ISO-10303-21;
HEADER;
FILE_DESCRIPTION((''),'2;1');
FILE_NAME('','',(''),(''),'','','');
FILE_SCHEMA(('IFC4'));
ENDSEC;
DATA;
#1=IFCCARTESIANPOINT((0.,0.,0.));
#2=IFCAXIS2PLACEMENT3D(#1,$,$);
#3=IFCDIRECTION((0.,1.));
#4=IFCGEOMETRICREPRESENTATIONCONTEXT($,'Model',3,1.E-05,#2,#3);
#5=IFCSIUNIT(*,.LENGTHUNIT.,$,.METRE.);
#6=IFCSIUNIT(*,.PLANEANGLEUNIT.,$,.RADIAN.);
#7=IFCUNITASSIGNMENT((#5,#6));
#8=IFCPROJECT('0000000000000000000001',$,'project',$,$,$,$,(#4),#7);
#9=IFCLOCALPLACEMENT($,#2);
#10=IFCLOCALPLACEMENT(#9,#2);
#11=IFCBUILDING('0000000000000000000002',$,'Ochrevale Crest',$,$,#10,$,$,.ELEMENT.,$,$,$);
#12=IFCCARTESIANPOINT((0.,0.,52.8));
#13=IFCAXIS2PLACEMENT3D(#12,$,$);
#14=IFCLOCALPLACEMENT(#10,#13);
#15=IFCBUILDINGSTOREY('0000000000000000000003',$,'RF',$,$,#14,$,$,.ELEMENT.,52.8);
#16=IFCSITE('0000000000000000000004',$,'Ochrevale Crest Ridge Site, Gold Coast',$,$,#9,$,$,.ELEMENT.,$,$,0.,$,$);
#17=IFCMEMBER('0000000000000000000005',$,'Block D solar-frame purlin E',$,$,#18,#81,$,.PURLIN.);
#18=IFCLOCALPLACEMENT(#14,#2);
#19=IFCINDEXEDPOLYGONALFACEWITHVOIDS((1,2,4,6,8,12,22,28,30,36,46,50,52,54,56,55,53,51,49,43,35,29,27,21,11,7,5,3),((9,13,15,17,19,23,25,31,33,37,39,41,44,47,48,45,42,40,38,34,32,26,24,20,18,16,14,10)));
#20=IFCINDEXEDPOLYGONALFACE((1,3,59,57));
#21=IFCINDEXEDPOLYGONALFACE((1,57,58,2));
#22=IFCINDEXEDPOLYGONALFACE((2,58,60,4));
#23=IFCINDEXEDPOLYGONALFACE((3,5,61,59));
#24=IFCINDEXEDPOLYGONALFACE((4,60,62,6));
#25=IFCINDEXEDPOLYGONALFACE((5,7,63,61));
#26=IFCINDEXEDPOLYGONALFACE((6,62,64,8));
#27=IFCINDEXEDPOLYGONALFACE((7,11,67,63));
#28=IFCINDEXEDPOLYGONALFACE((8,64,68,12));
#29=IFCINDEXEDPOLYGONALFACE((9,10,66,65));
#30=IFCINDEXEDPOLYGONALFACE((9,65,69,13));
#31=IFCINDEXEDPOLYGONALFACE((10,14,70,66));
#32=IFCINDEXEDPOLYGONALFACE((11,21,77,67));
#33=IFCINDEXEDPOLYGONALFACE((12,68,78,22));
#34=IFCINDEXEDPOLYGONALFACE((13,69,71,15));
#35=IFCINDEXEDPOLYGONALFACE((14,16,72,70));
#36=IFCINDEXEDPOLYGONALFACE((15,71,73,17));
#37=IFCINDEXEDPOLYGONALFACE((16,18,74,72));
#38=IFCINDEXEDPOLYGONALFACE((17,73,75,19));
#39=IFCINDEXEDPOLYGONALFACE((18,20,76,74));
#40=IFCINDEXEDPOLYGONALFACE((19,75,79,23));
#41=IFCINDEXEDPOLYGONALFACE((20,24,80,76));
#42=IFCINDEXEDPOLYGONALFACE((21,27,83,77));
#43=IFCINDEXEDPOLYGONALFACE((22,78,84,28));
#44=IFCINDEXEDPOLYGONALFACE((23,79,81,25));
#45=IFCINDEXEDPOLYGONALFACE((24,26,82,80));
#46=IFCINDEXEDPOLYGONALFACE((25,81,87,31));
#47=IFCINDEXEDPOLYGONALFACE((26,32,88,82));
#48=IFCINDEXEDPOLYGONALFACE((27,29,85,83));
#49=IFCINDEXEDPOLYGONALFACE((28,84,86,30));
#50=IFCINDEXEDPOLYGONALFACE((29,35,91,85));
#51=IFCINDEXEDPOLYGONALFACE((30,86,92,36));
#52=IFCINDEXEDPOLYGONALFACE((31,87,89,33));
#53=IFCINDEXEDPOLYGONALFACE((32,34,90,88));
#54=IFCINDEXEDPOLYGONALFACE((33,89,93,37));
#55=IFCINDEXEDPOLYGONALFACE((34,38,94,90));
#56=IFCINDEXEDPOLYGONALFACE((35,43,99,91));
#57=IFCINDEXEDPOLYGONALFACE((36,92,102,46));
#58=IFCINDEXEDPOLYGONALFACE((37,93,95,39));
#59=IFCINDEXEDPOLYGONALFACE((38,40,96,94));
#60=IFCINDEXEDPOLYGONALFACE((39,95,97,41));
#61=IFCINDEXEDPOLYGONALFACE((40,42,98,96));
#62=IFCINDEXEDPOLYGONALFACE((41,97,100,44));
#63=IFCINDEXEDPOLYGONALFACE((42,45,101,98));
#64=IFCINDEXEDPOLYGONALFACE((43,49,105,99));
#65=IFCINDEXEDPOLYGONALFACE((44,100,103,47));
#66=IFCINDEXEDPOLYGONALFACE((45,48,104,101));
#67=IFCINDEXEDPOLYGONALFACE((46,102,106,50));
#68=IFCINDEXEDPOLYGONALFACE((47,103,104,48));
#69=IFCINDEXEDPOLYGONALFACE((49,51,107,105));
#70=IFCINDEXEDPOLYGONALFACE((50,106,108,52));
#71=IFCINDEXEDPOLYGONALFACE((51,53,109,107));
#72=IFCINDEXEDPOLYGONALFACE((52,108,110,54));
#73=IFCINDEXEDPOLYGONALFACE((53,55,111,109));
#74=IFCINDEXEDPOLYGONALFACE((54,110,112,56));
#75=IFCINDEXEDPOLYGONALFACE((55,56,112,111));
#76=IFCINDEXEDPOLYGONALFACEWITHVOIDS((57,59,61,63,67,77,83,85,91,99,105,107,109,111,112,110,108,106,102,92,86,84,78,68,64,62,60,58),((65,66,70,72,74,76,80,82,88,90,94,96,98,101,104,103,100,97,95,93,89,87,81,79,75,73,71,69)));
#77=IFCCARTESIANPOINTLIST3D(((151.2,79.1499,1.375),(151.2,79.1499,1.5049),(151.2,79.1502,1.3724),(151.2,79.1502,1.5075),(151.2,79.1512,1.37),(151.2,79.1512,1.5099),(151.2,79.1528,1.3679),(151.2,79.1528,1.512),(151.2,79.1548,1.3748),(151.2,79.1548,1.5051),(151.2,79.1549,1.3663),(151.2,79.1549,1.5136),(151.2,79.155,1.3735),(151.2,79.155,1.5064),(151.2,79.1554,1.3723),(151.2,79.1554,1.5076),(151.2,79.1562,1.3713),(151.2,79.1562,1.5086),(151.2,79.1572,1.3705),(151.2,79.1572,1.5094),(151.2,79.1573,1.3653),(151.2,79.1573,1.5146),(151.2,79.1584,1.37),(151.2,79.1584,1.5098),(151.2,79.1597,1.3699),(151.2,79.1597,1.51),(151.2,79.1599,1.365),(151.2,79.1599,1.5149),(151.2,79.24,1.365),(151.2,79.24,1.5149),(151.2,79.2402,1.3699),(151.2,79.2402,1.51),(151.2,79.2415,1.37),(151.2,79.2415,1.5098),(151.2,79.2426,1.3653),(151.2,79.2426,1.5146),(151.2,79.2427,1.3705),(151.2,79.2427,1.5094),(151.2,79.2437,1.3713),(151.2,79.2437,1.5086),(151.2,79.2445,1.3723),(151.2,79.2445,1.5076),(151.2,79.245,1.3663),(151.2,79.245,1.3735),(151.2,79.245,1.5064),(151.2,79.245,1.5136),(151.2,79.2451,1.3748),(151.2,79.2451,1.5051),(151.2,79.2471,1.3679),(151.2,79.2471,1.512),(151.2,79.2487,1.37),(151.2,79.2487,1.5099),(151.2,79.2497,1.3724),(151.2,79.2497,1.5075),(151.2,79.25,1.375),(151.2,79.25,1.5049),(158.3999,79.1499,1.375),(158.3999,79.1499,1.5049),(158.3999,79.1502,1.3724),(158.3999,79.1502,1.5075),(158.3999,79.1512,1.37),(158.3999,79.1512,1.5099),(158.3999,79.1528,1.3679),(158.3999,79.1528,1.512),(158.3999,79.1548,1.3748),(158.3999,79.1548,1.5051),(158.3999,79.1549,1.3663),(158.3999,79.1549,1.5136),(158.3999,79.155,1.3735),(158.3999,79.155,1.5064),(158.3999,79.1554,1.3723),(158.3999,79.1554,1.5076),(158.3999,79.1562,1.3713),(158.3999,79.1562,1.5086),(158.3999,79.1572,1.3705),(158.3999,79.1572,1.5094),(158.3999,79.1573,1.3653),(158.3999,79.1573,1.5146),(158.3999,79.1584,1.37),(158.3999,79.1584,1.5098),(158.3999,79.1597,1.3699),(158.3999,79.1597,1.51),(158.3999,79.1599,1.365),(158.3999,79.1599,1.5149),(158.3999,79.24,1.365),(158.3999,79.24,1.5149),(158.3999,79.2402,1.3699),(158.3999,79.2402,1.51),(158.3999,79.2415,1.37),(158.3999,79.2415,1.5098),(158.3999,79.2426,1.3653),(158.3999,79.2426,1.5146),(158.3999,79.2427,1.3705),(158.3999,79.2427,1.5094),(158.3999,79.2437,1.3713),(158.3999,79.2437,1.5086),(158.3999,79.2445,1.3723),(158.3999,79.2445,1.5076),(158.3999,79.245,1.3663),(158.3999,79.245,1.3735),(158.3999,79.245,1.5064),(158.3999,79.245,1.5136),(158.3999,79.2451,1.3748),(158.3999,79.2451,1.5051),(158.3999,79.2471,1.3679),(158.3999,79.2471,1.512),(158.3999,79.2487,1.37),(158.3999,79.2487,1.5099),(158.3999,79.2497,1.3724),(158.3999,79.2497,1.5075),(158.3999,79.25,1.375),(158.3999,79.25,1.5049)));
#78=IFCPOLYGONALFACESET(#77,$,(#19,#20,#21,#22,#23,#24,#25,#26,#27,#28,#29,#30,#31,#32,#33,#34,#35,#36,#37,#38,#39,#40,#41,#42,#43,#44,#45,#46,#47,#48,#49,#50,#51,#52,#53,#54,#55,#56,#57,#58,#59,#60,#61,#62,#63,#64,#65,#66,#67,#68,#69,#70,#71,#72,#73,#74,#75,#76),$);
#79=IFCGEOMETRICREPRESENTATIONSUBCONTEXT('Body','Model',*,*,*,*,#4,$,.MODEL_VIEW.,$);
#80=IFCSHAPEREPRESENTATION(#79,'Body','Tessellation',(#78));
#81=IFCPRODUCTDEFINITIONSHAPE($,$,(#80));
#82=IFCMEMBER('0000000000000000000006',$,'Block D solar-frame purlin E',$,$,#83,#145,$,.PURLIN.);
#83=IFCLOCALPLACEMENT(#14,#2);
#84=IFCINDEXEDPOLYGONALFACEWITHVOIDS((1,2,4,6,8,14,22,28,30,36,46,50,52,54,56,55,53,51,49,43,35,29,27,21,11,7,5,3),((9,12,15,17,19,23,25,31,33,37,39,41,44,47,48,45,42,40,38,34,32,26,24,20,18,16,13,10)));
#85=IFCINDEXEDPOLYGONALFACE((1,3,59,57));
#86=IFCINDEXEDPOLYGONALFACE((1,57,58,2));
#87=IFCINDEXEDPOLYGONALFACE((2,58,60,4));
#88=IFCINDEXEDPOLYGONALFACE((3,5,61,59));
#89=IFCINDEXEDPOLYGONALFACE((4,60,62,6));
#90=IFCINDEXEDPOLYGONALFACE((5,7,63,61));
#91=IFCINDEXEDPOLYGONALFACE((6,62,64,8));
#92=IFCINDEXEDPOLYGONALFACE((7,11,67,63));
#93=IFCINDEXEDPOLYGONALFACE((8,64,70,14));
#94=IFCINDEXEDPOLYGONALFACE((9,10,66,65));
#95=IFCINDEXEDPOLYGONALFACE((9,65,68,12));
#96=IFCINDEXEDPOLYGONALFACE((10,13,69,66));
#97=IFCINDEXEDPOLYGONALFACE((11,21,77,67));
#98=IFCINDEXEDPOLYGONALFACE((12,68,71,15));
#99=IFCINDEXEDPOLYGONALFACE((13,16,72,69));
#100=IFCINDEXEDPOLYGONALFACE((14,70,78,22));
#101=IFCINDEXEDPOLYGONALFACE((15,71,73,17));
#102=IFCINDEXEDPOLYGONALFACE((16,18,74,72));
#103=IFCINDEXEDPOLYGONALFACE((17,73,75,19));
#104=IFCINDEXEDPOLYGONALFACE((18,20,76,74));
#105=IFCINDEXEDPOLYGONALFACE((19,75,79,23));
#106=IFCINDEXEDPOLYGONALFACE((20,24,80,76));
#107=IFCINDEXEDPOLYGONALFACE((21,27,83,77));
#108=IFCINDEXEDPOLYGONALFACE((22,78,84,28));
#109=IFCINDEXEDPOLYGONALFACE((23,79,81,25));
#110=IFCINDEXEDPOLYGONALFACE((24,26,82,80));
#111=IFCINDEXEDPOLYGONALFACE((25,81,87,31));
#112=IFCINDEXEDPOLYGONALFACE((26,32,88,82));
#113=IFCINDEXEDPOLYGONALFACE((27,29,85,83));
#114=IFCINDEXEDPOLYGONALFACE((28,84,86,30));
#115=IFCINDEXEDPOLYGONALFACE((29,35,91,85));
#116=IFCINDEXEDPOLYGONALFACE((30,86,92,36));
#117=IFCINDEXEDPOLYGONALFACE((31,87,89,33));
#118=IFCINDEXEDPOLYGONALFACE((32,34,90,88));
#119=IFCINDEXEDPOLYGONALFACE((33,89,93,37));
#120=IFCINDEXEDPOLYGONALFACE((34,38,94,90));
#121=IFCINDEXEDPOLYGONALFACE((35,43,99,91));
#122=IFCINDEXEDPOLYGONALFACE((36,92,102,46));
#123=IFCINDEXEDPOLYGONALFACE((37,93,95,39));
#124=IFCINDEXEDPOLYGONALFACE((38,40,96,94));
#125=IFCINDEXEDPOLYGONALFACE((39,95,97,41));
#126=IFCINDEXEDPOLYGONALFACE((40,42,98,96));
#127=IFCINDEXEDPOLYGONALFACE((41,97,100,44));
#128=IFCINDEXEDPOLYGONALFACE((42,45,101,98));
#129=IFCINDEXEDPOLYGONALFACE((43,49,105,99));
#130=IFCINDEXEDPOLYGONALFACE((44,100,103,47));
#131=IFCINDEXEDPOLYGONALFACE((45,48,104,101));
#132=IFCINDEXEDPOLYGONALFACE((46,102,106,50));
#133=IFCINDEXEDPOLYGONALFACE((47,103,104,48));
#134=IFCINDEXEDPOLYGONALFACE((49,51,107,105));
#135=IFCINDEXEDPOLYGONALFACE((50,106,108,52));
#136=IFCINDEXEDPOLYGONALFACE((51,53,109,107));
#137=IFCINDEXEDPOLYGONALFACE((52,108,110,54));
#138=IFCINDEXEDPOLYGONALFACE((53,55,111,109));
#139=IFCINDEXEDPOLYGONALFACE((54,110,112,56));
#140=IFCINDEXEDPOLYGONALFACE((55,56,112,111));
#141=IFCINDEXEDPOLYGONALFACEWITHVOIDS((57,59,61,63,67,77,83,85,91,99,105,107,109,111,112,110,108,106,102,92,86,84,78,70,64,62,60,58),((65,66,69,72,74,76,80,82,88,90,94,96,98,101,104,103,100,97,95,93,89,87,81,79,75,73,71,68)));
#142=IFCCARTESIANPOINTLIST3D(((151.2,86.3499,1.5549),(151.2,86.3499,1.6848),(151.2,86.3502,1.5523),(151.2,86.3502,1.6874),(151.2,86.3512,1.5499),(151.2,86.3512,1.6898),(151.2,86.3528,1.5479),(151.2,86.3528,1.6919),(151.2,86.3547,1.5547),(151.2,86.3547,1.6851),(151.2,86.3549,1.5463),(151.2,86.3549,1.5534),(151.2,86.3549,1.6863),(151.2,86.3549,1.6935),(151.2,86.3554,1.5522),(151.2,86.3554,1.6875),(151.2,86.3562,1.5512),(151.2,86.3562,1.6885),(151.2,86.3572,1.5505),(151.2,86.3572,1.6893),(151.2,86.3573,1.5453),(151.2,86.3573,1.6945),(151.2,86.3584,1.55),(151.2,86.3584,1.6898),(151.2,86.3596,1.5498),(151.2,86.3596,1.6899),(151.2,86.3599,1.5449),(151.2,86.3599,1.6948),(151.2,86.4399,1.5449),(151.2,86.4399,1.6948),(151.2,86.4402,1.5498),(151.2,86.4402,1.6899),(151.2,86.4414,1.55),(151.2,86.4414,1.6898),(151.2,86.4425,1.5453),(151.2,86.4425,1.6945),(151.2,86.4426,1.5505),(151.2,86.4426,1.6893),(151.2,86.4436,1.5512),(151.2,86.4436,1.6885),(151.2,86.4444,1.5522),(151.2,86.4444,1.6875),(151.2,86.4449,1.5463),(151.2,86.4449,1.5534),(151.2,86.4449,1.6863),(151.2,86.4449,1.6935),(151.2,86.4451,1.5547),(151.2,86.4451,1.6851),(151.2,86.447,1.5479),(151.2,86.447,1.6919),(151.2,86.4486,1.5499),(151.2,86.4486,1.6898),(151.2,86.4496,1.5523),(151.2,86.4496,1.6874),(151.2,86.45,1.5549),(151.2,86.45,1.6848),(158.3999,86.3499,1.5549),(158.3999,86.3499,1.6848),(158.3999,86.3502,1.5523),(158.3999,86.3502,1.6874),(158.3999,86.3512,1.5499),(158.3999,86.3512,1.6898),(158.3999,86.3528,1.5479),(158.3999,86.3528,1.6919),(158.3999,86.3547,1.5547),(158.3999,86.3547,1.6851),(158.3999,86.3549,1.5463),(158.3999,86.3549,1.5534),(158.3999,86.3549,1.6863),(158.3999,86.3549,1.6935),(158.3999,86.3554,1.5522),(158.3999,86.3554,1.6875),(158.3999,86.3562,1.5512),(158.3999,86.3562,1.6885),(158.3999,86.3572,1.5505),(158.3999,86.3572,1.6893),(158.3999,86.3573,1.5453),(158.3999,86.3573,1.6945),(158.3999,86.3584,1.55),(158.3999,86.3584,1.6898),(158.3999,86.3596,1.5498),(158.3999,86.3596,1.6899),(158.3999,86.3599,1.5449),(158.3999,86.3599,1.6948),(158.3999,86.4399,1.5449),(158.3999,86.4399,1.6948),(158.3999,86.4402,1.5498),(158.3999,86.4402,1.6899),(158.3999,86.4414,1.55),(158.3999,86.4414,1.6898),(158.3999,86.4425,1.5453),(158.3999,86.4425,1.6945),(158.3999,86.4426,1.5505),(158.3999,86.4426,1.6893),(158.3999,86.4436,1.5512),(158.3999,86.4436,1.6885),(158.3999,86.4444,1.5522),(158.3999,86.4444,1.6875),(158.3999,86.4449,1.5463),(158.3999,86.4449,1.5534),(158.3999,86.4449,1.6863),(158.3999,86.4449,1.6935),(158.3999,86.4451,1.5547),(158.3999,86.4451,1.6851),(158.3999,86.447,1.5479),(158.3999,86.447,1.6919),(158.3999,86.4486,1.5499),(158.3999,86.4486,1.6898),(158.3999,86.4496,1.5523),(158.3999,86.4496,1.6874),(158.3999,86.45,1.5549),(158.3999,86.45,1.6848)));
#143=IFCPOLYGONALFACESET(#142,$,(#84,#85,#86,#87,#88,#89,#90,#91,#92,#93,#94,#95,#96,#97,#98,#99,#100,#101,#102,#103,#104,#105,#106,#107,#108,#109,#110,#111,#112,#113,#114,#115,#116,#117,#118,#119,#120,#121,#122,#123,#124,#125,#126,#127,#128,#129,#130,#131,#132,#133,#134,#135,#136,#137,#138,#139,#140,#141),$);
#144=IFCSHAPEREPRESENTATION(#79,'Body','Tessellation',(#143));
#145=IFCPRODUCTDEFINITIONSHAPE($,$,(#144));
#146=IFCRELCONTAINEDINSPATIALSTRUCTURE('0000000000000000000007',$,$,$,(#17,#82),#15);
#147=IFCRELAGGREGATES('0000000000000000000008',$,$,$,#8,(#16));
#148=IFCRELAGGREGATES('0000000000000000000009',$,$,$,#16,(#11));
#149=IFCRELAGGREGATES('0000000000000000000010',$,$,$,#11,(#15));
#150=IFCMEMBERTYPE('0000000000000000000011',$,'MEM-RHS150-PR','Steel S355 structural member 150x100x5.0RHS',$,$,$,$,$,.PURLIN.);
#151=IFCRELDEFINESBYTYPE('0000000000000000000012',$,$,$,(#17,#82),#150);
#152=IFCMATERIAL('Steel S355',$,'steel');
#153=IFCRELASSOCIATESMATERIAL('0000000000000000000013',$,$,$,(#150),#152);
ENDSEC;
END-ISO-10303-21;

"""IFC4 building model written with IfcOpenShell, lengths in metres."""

from ifc_helpers import new_model, si_unit, direction, frame, origin, origin_2d, place, context, subcontext, project, spatial, hollow_rectangle, extrude, material, material_profile, profile_set, type_object, element, save


model = new_model("IFC4")

# Units and contexts
model_context = context("Model", 3, precision=1e-05, world=origin(), true_north=direction((0.0, 1.0)))
body_context = subcontext(model_context, "Body", "Model", "MODEL_VIEW")
ifc_project = project(units=[si_unit("LENGTHUNIT", "METRE"), si_unit("PLANEANGLEUNIT", "RADIAN")], contexts=[model_context])

# Site, building, storey
site_placement = place(None, origin())
site = spatial("IfcSite", under=ifc_project, at=site_placement, Name="Ochrevale Crest Ridge Site, Gold Coast", CompositionType="ELEMENT", RefElevation=0.0)
building_placement = place(site_placement, origin())
building = spatial("IfcBuilding", under=site, at=building_placement, Name="Ochrevale Crest", CompositionType="ELEMENT")
storey_placement = place(building_placement, frame((0.0, 0.0, 52.8)))
storey = spatial("IfcBuildingStorey", under=building, at=storey_placement, Name="RF", CompositionType="ELEMENT", Elevation=52.8)

# Shared definitions
ifc_material_1 = material(Name="Steel S355", Category="steel")

# Members
ifc_material_profile_1 = material_profile(ifc_material_1, hollow_rectangle(XDim=0.1001, YDim=0.1499, WallThickness=0.0049, InnerFilletRadius=0.0049, OuterFilletRadius=0.01, at=origin_2d()), Name="150x100x5.0RHS")
ifc_profile_set_1 = profile_set([ifc_material_profile_1], Name="Steel S355")
member_type_1 = type_object("IfcMemberType", Name="MEM-RHS150-PR", Description="Steel S355 structural member 150x100x5.0RHS", PredefinedType="PURLIN", material=ifc_profile_set_1)
for number, where, z_axis, x_axis, name in (
    (1, (151.2, 79.2, 1.4399), (1.0, 0.0, 0.0), (0.0, 1.0, 0.0), "Block D solar-frame purlin E"),
    (2, (151.2, 86.3999, 1.6199), (1.0, 0.0, 0.0), (0.0, 1.0, 0.0), "Block D solar-frame purlin E"),
):
    element("IfcMember", number, at=place(storey_placement, frame(where, z_axis=z_axis, x_axis=x_axis)), inside=storey, type_object=member_type_1, Name=name, PredefinedType="PURLIN", context=body_context, shape_type="SweptSolid", body=[
        extrude(hollow_rectangle(XDim=0.1001, YDim=0.1499, WallThickness=0.0049, InnerFilletRadius=0.0049, OuterFilletRadius=0.01, at=origin_2d()), origin(), (0.0, 0.0, 1.0), 7.2),
    ])

save(model, "model.ifc")
